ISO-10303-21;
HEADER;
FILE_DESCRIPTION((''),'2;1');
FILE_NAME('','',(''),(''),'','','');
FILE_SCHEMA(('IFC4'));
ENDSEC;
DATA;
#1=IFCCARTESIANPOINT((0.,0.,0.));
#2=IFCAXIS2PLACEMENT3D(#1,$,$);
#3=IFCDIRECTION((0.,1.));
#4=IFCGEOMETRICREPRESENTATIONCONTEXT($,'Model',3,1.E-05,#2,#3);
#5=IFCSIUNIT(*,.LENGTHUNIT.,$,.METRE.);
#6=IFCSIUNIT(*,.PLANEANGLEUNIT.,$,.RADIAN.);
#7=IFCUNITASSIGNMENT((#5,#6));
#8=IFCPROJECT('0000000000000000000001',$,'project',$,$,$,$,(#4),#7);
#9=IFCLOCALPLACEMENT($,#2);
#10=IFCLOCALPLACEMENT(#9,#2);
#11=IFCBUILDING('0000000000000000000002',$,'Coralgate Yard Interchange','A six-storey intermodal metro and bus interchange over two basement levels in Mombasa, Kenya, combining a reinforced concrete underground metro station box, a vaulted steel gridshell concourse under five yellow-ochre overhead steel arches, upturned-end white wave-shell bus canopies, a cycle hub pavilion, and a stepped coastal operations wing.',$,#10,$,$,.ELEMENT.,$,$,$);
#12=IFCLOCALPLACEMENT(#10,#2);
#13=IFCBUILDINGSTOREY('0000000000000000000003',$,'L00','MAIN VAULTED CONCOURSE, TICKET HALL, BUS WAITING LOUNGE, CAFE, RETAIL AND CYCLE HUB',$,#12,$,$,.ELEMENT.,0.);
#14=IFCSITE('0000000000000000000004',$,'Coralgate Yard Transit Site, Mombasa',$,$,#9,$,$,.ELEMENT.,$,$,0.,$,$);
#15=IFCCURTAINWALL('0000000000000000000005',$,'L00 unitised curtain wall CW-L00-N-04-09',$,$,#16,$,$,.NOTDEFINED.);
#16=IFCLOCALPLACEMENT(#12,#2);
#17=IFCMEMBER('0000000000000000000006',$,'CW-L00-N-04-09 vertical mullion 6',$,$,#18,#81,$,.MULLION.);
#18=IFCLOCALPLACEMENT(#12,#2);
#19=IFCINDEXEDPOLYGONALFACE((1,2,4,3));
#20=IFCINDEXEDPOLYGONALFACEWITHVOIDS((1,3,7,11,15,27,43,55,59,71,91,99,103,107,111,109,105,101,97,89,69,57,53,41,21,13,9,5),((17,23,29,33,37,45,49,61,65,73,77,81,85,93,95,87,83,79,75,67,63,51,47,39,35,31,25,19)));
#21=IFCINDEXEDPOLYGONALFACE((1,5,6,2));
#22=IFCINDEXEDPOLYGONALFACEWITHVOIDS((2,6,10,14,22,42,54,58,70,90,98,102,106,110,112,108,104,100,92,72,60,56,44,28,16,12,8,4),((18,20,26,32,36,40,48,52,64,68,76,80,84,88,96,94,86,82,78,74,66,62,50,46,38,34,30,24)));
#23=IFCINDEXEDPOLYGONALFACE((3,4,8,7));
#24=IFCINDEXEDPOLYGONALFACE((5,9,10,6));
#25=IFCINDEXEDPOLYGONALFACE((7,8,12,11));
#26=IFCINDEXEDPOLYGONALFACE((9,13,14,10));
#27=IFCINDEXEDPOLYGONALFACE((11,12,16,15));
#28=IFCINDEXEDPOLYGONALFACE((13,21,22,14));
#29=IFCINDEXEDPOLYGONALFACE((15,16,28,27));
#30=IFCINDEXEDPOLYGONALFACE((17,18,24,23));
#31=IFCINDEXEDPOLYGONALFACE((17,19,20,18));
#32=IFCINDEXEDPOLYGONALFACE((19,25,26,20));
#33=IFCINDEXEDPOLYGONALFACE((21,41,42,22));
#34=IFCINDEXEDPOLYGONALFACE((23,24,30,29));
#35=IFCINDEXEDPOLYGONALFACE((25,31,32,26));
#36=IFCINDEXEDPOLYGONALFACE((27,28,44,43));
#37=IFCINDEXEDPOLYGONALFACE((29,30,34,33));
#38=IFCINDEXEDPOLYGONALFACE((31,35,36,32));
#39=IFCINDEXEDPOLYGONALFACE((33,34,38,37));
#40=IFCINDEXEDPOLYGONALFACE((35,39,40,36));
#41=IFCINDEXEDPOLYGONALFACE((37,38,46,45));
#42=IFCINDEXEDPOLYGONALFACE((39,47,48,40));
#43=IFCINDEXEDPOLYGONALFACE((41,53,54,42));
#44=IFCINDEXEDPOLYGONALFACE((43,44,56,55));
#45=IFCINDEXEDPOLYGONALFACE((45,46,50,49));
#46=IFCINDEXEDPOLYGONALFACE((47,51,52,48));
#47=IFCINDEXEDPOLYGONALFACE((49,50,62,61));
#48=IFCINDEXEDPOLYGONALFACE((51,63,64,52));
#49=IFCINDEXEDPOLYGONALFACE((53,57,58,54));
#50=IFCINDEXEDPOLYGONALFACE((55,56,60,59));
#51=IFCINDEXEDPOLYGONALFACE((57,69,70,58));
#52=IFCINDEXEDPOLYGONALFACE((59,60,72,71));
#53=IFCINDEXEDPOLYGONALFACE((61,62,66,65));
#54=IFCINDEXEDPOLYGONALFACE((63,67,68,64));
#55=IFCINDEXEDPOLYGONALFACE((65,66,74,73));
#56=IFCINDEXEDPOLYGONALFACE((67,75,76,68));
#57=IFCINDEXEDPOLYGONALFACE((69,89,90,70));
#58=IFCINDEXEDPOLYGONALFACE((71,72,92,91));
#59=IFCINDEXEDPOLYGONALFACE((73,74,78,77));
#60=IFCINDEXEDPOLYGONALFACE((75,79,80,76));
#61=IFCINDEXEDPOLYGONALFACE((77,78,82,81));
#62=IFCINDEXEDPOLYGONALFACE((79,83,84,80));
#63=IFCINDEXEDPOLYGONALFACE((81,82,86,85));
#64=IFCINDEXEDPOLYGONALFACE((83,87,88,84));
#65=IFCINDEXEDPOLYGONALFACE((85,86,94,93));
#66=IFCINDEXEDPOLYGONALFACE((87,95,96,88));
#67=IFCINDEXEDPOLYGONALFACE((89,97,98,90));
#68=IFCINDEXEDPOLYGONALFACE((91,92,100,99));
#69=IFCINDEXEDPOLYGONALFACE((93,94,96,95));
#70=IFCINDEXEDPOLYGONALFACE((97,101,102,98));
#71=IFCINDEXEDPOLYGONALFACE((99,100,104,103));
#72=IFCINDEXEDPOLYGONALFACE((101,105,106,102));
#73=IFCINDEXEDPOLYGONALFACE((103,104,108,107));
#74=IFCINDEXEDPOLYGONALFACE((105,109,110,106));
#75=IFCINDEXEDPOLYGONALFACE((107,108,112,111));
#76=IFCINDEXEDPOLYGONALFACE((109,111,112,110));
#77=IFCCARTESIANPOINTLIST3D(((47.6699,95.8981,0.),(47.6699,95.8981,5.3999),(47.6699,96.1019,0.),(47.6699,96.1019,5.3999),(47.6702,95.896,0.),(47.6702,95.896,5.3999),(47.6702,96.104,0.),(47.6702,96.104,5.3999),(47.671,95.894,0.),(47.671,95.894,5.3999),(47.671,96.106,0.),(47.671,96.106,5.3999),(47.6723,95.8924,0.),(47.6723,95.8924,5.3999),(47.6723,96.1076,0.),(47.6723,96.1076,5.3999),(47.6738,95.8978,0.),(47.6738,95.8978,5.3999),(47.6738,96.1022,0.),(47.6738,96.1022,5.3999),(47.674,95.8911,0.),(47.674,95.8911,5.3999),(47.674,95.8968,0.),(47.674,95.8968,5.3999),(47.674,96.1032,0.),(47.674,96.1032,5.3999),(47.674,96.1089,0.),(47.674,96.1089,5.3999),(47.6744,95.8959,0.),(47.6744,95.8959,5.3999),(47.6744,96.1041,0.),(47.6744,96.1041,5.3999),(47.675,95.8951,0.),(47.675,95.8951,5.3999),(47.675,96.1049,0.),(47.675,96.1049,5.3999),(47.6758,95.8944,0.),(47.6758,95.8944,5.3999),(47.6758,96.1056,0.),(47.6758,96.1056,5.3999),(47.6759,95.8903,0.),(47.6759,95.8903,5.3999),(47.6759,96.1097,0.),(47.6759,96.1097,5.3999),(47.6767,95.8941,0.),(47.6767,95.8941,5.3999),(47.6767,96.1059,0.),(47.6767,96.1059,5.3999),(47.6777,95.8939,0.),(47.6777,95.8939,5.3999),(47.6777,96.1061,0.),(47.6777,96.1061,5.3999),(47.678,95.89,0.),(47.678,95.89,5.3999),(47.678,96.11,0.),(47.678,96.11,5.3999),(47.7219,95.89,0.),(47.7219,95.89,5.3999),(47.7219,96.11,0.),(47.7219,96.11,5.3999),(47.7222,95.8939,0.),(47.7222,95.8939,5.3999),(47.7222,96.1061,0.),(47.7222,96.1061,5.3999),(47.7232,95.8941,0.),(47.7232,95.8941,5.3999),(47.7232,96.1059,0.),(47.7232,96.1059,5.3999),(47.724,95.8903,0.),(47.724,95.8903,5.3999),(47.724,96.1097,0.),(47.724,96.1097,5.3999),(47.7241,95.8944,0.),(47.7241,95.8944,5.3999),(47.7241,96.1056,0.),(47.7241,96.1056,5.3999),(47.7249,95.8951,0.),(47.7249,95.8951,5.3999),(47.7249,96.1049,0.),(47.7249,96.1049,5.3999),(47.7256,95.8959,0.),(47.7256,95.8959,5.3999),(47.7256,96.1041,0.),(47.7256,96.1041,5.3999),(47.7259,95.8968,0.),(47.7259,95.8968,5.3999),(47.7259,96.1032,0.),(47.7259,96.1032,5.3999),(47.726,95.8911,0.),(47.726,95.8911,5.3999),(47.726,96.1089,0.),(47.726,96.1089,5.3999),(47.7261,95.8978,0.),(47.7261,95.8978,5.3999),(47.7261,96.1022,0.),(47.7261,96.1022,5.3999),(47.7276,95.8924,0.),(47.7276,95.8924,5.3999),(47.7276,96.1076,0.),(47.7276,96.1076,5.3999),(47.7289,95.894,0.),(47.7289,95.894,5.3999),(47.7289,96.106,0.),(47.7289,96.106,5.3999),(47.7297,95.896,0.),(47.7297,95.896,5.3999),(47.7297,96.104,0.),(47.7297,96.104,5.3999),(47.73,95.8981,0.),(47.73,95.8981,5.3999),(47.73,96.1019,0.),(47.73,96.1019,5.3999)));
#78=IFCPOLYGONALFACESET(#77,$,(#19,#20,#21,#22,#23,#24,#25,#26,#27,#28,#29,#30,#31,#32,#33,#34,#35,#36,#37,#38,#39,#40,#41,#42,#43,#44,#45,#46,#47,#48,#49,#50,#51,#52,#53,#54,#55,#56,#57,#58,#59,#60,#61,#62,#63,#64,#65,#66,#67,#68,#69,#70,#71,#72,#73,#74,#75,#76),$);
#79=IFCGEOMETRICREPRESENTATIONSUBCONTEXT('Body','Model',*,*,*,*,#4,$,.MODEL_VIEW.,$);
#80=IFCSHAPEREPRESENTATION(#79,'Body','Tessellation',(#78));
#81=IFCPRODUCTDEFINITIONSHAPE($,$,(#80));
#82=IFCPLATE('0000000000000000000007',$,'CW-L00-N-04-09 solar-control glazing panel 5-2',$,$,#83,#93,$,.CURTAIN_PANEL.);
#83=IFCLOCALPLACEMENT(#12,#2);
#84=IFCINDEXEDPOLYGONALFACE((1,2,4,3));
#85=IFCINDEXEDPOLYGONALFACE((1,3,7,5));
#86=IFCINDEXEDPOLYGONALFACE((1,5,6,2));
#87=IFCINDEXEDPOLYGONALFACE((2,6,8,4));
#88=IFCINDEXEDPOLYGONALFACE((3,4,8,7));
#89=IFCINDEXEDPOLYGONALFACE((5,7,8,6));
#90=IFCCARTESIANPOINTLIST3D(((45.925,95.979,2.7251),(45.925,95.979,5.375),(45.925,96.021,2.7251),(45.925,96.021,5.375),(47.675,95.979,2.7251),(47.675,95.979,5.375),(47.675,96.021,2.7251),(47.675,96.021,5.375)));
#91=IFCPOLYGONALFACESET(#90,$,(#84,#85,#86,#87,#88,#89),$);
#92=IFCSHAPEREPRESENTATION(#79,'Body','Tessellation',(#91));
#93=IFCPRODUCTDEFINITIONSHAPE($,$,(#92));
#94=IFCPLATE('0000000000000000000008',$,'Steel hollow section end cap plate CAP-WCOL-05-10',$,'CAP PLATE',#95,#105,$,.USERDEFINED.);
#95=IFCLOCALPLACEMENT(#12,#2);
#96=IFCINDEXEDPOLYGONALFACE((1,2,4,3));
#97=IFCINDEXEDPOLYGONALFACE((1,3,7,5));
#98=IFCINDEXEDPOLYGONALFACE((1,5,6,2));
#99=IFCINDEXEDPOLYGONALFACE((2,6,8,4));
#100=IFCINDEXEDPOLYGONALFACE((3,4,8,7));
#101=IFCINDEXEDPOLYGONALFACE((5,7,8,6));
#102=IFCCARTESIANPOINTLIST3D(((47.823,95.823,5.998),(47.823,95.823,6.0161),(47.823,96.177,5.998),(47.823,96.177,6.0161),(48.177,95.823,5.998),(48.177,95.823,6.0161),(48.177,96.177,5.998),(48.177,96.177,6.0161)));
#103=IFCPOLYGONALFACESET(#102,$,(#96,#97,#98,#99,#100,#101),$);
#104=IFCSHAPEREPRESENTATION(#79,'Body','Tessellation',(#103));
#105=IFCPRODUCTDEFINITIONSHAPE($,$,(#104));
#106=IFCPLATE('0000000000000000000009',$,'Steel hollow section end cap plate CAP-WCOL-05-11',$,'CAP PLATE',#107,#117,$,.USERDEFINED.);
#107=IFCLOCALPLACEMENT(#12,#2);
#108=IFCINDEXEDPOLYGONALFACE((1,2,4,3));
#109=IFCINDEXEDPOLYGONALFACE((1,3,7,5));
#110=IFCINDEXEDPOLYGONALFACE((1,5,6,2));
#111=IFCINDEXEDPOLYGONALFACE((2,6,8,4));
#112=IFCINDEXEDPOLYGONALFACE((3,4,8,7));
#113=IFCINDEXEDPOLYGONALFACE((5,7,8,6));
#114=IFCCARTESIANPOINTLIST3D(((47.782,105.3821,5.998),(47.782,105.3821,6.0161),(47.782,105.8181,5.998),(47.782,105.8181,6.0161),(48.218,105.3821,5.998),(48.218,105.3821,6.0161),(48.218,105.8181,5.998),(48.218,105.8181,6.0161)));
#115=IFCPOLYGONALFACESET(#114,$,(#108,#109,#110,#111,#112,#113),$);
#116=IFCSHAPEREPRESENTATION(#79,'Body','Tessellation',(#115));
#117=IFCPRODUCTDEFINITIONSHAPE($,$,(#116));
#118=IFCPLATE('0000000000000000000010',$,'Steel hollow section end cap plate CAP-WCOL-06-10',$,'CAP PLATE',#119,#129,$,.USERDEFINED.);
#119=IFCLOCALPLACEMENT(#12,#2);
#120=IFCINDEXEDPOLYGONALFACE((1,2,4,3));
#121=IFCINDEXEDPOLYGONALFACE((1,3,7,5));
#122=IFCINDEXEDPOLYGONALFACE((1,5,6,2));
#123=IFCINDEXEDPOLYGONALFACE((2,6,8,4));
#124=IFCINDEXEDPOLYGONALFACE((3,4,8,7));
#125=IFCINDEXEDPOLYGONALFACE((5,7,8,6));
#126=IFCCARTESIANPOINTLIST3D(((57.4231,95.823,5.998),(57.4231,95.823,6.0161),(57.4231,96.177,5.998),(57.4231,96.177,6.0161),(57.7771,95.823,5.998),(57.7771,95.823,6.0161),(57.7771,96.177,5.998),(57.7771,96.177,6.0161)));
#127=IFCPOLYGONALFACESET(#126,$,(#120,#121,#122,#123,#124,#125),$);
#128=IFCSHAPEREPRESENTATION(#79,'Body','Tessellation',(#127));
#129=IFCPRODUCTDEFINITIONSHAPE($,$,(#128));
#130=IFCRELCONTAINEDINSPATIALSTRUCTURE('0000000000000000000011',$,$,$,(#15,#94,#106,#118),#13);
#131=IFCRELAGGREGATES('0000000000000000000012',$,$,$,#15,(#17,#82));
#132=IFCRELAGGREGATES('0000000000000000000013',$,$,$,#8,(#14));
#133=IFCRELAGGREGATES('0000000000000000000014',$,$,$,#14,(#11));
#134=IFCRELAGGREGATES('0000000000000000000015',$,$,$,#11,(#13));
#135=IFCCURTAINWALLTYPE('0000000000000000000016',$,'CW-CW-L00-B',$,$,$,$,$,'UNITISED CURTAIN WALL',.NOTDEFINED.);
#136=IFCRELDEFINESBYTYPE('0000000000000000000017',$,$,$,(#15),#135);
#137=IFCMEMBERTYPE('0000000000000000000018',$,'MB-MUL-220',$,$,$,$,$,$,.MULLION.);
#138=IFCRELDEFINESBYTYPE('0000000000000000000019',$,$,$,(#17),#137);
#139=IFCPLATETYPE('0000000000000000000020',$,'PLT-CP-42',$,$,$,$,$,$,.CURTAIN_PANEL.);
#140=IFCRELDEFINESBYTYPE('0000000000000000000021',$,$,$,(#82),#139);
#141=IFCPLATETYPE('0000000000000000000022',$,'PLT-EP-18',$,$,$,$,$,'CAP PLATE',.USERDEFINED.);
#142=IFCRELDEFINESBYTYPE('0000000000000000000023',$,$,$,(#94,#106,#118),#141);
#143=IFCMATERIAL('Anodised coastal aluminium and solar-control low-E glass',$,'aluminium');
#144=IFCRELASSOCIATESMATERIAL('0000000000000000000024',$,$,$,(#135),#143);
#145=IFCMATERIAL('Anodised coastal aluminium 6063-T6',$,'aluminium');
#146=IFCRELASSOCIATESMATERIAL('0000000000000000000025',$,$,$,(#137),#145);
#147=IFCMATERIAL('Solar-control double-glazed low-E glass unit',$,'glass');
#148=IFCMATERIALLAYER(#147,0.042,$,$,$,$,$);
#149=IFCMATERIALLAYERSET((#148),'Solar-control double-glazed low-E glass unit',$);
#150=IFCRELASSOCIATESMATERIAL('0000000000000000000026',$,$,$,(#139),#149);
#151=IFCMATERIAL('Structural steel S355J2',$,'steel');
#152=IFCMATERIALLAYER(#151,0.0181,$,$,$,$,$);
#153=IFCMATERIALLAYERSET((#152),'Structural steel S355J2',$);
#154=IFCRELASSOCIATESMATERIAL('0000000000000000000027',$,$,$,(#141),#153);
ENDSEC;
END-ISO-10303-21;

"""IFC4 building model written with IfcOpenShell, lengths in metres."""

from ifc_helpers import new_model, si_unit, direction, frame, origin, origin_2d, place, context, subcontext, project, spatial, rectangle, hollow_rectangle, extrude, material, layer, layer_set, material_profile, profile_set, type_object, element, aggregate, save


model = new_model("IFC4")

# Units and contexts
model_context = context("Model", 3, precision=1e-05, world=origin(), true_north=direction((0.0, 1.0)))
body_context = subcontext(model_context, "Body", "Model", "MODEL_VIEW")
ifc_project = project(units=[si_unit("LENGTHUNIT", "METRE"), si_unit("PLANEANGLEUNIT", "RADIAN")], contexts=[model_context])

# Site, building, storey
site_placement = place(None, origin())
site = spatial("IfcSite", under=ifc_project, at=site_placement, Name="Coralgate Yard Transit Site, Mombasa", CompositionType="ELEMENT", RefElevation=0.0)
building_placement = place(site_placement, origin())
building = spatial("IfcBuilding", under=site, at=building_placement, Name="Coralgate Yard Interchange", Description="A six-storey intermodal metro and bus interchange over two basement levels in Mombasa, Kenya, combining a reinforced concrete underground metro station box, a vaulted steel gridshell concourse under five yellow-ochre overhead steel arches, upturned-end white wave-shell bus canopies, a cycle hub pavilion, and a stepped coastal operations wing.", CompositionType="ELEMENT")
storey_placement = place(building_placement, origin())
storey = spatial("IfcBuildingStorey", under=building, at=storey_placement, Name="L00", Description="MAIN VAULTED CONCOURSE, TICKET HALL, BUS WAITING LOUNGE, CAFE, RETAIL AND CYCLE HUB", CompositionType="ELEMENT", Elevation=0.0)

# Shared definitions
ifc_material_1 = material(Name="Structural steel S355J2", Category="steel")

# Curtain wall, member, plate
ifc_material_2 = material(Name="Anodised coastal aluminium and solar-control low-E glass", Category="aluminium")
curtain_wall_type = type_object("IfcCurtainWallType", Name="CW-CW-L00-B", ElementType="UNITISED CURTAIN WALL", PredefinedType="NOTDEFINED", material=ifc_material_2)
curtain_wall_placement = place(storey_placement, origin())
curtain_wall = element("IfcCurtainWall", 1, at=curtain_wall_placement, inside=storey, type_object=curtain_wall_type, Name="L00 unitised curtain wall CW-L00-N-04-09", PredefinedType="NOTDEFINED")
ifc_material_3 = material(Name="Anodised coastal aluminium 6063-T6", Category="aluminium")
ifc_material_profile_1 = material_profile(ifc_material_3, hollow_rectangle(XDim=0.0601, YDim=0.22, WallThickness=0.0039, InnerFilletRadius=0.0039, OuterFilletRadius=0.0081, at=origin_2d()), Name="ALU 60x220x4")
ifc_profile_set_1 = profile_set([ifc_material_profile_1], Name="Anodised coastal aluminium 6063-T6")
member_type = type_object("IfcMemberType", Name="MB-MUL-220", PredefinedType="MULLION", material=ifc_profile_set_1)
member_placement = place(storey_placement, frame((47.7, 96.0, 0.0), z_axis=(0.0, 0.0, 1.0), x_axis=(1.0, 0.0, 0.0)))
member = element("IfcMember", 2, at=member_placement, type_object=member_type, Name="CW-L00-N-04-09 vertical mullion 6", PredefinedType="MULLION", context=body_context, shape_type="SweptSolid", body=[
    extrude(hollow_rectangle(XDim=0.0601, YDim=0.22, WallThickness=0.0039, InnerFilletRadius=0.0039, OuterFilletRadius=0.0081, at=origin_2d()), origin(), (0.0, 0.0, 1.0), 5.3999),
])
ifc_material_4 = material(Name="Solar-control double-glazed low-E glass unit", Category="glass")
ifc_layer_1 = layer(ifc_material_4, 0.042)
ifc_layer_set_1 = layer_set([ifc_layer_1], Name="Solar-control double-glazed low-E glass unit")
plate_type_1 = type_object("IfcPlateType", Name="PLT-CP-42", PredefinedType="CURTAIN_PANEL", material=ifc_layer_set_1)
plate_1_placement = place(storey_placement, frame((46.8, 96.0, 2.7251), z_axis=(0.0, 0.0, 1.0), x_axis=(1.0, 0.0, 0.0)))
plate_1 = element("IfcPlate", 3, at=plate_1_placement, type_object=plate_type_1, Name="CW-L00-N-04-09 solar-control glazing panel 5-2", PredefinedType="CURTAIN_PANEL", context=body_context, shape_type="SweptSolid", body=[
    extrude(rectangle(XDim=1.75, YDim=0.042, at=origin_2d()), origin(), (0.0, 0.0, 1.0), 2.6499),
])
aggregate(curtain_wall, [member, plate_1])

# Plates
ifc_layer_2 = layer(ifc_material_1, 0.0181)
ifc_layer_set_2 = layer_set([ifc_layer_2], Name="Structural steel S355J2")
plate_type_2 = type_object("IfcPlateType", Name="PLT-EP-18", ElementType="CAP PLATE", PredefinedType="USERDEFINED", material=ifc_layer_set_2)
plate_2_placement = place(storey_placement, frame((48.0, 96.0, 5.998), z_axis=(0.0, 0.0, 1.0), x_axis=(1.0, 0.0, 0.0)))
element("IfcPlate", 4, at=plate_2_placement, inside=storey, type_object=plate_type_2, Name="Steel hollow section end cap plate CAP-WCOL-05-10", ObjectType="CAP PLATE", PredefinedType="USERDEFINED", context=body_context, shape_type="SweptSolid", body=[
    extrude(rectangle(XDim=0.354, YDim=0.354, at=origin_2d()), origin(), (0.0, 0.0, 1.0), 0.0181),
])
plate_3_placement = place(storey_placement, frame((48.0, 105.6001, 5.998), z_axis=(0.0, 0.0, 1.0), x_axis=(1.0, 0.0, 0.0)))
element("IfcPlate", 5, at=plate_3_placement, inside=storey, type_object=plate_type_2, Name="Steel hollow section end cap plate CAP-WCOL-05-11", ObjectType="CAP PLATE", PredefinedType="USERDEFINED", context=body_context, shape_type="SweptSolid", body=[
    extrude(rectangle(XDim=0.436, YDim=0.436, at=origin_2d()), origin(), (0.0, 0.0, 1.0), 0.0181),
])
plate_4_placement = place(storey_placement, frame((57.6001, 96.0, 5.998), z_axis=(0.0, 0.0, 1.0), x_axis=(1.0, 0.0, 0.0)))
element("IfcPlate", 6, at=plate_4_placement, inside=storey, type_object=plate_type_2, Name="Steel hollow section end cap plate CAP-WCOL-06-10", ObjectType="CAP PLATE", PredefinedType="USERDEFINED", context=body_context, shape_type="SweptSolid", body=[
    extrude(rectangle(XDim=0.354, YDim=0.354, at=origin_2d()), origin(), (0.0, 0.0, 1.0), 0.0181),
])

save(model, "model.ifc")
